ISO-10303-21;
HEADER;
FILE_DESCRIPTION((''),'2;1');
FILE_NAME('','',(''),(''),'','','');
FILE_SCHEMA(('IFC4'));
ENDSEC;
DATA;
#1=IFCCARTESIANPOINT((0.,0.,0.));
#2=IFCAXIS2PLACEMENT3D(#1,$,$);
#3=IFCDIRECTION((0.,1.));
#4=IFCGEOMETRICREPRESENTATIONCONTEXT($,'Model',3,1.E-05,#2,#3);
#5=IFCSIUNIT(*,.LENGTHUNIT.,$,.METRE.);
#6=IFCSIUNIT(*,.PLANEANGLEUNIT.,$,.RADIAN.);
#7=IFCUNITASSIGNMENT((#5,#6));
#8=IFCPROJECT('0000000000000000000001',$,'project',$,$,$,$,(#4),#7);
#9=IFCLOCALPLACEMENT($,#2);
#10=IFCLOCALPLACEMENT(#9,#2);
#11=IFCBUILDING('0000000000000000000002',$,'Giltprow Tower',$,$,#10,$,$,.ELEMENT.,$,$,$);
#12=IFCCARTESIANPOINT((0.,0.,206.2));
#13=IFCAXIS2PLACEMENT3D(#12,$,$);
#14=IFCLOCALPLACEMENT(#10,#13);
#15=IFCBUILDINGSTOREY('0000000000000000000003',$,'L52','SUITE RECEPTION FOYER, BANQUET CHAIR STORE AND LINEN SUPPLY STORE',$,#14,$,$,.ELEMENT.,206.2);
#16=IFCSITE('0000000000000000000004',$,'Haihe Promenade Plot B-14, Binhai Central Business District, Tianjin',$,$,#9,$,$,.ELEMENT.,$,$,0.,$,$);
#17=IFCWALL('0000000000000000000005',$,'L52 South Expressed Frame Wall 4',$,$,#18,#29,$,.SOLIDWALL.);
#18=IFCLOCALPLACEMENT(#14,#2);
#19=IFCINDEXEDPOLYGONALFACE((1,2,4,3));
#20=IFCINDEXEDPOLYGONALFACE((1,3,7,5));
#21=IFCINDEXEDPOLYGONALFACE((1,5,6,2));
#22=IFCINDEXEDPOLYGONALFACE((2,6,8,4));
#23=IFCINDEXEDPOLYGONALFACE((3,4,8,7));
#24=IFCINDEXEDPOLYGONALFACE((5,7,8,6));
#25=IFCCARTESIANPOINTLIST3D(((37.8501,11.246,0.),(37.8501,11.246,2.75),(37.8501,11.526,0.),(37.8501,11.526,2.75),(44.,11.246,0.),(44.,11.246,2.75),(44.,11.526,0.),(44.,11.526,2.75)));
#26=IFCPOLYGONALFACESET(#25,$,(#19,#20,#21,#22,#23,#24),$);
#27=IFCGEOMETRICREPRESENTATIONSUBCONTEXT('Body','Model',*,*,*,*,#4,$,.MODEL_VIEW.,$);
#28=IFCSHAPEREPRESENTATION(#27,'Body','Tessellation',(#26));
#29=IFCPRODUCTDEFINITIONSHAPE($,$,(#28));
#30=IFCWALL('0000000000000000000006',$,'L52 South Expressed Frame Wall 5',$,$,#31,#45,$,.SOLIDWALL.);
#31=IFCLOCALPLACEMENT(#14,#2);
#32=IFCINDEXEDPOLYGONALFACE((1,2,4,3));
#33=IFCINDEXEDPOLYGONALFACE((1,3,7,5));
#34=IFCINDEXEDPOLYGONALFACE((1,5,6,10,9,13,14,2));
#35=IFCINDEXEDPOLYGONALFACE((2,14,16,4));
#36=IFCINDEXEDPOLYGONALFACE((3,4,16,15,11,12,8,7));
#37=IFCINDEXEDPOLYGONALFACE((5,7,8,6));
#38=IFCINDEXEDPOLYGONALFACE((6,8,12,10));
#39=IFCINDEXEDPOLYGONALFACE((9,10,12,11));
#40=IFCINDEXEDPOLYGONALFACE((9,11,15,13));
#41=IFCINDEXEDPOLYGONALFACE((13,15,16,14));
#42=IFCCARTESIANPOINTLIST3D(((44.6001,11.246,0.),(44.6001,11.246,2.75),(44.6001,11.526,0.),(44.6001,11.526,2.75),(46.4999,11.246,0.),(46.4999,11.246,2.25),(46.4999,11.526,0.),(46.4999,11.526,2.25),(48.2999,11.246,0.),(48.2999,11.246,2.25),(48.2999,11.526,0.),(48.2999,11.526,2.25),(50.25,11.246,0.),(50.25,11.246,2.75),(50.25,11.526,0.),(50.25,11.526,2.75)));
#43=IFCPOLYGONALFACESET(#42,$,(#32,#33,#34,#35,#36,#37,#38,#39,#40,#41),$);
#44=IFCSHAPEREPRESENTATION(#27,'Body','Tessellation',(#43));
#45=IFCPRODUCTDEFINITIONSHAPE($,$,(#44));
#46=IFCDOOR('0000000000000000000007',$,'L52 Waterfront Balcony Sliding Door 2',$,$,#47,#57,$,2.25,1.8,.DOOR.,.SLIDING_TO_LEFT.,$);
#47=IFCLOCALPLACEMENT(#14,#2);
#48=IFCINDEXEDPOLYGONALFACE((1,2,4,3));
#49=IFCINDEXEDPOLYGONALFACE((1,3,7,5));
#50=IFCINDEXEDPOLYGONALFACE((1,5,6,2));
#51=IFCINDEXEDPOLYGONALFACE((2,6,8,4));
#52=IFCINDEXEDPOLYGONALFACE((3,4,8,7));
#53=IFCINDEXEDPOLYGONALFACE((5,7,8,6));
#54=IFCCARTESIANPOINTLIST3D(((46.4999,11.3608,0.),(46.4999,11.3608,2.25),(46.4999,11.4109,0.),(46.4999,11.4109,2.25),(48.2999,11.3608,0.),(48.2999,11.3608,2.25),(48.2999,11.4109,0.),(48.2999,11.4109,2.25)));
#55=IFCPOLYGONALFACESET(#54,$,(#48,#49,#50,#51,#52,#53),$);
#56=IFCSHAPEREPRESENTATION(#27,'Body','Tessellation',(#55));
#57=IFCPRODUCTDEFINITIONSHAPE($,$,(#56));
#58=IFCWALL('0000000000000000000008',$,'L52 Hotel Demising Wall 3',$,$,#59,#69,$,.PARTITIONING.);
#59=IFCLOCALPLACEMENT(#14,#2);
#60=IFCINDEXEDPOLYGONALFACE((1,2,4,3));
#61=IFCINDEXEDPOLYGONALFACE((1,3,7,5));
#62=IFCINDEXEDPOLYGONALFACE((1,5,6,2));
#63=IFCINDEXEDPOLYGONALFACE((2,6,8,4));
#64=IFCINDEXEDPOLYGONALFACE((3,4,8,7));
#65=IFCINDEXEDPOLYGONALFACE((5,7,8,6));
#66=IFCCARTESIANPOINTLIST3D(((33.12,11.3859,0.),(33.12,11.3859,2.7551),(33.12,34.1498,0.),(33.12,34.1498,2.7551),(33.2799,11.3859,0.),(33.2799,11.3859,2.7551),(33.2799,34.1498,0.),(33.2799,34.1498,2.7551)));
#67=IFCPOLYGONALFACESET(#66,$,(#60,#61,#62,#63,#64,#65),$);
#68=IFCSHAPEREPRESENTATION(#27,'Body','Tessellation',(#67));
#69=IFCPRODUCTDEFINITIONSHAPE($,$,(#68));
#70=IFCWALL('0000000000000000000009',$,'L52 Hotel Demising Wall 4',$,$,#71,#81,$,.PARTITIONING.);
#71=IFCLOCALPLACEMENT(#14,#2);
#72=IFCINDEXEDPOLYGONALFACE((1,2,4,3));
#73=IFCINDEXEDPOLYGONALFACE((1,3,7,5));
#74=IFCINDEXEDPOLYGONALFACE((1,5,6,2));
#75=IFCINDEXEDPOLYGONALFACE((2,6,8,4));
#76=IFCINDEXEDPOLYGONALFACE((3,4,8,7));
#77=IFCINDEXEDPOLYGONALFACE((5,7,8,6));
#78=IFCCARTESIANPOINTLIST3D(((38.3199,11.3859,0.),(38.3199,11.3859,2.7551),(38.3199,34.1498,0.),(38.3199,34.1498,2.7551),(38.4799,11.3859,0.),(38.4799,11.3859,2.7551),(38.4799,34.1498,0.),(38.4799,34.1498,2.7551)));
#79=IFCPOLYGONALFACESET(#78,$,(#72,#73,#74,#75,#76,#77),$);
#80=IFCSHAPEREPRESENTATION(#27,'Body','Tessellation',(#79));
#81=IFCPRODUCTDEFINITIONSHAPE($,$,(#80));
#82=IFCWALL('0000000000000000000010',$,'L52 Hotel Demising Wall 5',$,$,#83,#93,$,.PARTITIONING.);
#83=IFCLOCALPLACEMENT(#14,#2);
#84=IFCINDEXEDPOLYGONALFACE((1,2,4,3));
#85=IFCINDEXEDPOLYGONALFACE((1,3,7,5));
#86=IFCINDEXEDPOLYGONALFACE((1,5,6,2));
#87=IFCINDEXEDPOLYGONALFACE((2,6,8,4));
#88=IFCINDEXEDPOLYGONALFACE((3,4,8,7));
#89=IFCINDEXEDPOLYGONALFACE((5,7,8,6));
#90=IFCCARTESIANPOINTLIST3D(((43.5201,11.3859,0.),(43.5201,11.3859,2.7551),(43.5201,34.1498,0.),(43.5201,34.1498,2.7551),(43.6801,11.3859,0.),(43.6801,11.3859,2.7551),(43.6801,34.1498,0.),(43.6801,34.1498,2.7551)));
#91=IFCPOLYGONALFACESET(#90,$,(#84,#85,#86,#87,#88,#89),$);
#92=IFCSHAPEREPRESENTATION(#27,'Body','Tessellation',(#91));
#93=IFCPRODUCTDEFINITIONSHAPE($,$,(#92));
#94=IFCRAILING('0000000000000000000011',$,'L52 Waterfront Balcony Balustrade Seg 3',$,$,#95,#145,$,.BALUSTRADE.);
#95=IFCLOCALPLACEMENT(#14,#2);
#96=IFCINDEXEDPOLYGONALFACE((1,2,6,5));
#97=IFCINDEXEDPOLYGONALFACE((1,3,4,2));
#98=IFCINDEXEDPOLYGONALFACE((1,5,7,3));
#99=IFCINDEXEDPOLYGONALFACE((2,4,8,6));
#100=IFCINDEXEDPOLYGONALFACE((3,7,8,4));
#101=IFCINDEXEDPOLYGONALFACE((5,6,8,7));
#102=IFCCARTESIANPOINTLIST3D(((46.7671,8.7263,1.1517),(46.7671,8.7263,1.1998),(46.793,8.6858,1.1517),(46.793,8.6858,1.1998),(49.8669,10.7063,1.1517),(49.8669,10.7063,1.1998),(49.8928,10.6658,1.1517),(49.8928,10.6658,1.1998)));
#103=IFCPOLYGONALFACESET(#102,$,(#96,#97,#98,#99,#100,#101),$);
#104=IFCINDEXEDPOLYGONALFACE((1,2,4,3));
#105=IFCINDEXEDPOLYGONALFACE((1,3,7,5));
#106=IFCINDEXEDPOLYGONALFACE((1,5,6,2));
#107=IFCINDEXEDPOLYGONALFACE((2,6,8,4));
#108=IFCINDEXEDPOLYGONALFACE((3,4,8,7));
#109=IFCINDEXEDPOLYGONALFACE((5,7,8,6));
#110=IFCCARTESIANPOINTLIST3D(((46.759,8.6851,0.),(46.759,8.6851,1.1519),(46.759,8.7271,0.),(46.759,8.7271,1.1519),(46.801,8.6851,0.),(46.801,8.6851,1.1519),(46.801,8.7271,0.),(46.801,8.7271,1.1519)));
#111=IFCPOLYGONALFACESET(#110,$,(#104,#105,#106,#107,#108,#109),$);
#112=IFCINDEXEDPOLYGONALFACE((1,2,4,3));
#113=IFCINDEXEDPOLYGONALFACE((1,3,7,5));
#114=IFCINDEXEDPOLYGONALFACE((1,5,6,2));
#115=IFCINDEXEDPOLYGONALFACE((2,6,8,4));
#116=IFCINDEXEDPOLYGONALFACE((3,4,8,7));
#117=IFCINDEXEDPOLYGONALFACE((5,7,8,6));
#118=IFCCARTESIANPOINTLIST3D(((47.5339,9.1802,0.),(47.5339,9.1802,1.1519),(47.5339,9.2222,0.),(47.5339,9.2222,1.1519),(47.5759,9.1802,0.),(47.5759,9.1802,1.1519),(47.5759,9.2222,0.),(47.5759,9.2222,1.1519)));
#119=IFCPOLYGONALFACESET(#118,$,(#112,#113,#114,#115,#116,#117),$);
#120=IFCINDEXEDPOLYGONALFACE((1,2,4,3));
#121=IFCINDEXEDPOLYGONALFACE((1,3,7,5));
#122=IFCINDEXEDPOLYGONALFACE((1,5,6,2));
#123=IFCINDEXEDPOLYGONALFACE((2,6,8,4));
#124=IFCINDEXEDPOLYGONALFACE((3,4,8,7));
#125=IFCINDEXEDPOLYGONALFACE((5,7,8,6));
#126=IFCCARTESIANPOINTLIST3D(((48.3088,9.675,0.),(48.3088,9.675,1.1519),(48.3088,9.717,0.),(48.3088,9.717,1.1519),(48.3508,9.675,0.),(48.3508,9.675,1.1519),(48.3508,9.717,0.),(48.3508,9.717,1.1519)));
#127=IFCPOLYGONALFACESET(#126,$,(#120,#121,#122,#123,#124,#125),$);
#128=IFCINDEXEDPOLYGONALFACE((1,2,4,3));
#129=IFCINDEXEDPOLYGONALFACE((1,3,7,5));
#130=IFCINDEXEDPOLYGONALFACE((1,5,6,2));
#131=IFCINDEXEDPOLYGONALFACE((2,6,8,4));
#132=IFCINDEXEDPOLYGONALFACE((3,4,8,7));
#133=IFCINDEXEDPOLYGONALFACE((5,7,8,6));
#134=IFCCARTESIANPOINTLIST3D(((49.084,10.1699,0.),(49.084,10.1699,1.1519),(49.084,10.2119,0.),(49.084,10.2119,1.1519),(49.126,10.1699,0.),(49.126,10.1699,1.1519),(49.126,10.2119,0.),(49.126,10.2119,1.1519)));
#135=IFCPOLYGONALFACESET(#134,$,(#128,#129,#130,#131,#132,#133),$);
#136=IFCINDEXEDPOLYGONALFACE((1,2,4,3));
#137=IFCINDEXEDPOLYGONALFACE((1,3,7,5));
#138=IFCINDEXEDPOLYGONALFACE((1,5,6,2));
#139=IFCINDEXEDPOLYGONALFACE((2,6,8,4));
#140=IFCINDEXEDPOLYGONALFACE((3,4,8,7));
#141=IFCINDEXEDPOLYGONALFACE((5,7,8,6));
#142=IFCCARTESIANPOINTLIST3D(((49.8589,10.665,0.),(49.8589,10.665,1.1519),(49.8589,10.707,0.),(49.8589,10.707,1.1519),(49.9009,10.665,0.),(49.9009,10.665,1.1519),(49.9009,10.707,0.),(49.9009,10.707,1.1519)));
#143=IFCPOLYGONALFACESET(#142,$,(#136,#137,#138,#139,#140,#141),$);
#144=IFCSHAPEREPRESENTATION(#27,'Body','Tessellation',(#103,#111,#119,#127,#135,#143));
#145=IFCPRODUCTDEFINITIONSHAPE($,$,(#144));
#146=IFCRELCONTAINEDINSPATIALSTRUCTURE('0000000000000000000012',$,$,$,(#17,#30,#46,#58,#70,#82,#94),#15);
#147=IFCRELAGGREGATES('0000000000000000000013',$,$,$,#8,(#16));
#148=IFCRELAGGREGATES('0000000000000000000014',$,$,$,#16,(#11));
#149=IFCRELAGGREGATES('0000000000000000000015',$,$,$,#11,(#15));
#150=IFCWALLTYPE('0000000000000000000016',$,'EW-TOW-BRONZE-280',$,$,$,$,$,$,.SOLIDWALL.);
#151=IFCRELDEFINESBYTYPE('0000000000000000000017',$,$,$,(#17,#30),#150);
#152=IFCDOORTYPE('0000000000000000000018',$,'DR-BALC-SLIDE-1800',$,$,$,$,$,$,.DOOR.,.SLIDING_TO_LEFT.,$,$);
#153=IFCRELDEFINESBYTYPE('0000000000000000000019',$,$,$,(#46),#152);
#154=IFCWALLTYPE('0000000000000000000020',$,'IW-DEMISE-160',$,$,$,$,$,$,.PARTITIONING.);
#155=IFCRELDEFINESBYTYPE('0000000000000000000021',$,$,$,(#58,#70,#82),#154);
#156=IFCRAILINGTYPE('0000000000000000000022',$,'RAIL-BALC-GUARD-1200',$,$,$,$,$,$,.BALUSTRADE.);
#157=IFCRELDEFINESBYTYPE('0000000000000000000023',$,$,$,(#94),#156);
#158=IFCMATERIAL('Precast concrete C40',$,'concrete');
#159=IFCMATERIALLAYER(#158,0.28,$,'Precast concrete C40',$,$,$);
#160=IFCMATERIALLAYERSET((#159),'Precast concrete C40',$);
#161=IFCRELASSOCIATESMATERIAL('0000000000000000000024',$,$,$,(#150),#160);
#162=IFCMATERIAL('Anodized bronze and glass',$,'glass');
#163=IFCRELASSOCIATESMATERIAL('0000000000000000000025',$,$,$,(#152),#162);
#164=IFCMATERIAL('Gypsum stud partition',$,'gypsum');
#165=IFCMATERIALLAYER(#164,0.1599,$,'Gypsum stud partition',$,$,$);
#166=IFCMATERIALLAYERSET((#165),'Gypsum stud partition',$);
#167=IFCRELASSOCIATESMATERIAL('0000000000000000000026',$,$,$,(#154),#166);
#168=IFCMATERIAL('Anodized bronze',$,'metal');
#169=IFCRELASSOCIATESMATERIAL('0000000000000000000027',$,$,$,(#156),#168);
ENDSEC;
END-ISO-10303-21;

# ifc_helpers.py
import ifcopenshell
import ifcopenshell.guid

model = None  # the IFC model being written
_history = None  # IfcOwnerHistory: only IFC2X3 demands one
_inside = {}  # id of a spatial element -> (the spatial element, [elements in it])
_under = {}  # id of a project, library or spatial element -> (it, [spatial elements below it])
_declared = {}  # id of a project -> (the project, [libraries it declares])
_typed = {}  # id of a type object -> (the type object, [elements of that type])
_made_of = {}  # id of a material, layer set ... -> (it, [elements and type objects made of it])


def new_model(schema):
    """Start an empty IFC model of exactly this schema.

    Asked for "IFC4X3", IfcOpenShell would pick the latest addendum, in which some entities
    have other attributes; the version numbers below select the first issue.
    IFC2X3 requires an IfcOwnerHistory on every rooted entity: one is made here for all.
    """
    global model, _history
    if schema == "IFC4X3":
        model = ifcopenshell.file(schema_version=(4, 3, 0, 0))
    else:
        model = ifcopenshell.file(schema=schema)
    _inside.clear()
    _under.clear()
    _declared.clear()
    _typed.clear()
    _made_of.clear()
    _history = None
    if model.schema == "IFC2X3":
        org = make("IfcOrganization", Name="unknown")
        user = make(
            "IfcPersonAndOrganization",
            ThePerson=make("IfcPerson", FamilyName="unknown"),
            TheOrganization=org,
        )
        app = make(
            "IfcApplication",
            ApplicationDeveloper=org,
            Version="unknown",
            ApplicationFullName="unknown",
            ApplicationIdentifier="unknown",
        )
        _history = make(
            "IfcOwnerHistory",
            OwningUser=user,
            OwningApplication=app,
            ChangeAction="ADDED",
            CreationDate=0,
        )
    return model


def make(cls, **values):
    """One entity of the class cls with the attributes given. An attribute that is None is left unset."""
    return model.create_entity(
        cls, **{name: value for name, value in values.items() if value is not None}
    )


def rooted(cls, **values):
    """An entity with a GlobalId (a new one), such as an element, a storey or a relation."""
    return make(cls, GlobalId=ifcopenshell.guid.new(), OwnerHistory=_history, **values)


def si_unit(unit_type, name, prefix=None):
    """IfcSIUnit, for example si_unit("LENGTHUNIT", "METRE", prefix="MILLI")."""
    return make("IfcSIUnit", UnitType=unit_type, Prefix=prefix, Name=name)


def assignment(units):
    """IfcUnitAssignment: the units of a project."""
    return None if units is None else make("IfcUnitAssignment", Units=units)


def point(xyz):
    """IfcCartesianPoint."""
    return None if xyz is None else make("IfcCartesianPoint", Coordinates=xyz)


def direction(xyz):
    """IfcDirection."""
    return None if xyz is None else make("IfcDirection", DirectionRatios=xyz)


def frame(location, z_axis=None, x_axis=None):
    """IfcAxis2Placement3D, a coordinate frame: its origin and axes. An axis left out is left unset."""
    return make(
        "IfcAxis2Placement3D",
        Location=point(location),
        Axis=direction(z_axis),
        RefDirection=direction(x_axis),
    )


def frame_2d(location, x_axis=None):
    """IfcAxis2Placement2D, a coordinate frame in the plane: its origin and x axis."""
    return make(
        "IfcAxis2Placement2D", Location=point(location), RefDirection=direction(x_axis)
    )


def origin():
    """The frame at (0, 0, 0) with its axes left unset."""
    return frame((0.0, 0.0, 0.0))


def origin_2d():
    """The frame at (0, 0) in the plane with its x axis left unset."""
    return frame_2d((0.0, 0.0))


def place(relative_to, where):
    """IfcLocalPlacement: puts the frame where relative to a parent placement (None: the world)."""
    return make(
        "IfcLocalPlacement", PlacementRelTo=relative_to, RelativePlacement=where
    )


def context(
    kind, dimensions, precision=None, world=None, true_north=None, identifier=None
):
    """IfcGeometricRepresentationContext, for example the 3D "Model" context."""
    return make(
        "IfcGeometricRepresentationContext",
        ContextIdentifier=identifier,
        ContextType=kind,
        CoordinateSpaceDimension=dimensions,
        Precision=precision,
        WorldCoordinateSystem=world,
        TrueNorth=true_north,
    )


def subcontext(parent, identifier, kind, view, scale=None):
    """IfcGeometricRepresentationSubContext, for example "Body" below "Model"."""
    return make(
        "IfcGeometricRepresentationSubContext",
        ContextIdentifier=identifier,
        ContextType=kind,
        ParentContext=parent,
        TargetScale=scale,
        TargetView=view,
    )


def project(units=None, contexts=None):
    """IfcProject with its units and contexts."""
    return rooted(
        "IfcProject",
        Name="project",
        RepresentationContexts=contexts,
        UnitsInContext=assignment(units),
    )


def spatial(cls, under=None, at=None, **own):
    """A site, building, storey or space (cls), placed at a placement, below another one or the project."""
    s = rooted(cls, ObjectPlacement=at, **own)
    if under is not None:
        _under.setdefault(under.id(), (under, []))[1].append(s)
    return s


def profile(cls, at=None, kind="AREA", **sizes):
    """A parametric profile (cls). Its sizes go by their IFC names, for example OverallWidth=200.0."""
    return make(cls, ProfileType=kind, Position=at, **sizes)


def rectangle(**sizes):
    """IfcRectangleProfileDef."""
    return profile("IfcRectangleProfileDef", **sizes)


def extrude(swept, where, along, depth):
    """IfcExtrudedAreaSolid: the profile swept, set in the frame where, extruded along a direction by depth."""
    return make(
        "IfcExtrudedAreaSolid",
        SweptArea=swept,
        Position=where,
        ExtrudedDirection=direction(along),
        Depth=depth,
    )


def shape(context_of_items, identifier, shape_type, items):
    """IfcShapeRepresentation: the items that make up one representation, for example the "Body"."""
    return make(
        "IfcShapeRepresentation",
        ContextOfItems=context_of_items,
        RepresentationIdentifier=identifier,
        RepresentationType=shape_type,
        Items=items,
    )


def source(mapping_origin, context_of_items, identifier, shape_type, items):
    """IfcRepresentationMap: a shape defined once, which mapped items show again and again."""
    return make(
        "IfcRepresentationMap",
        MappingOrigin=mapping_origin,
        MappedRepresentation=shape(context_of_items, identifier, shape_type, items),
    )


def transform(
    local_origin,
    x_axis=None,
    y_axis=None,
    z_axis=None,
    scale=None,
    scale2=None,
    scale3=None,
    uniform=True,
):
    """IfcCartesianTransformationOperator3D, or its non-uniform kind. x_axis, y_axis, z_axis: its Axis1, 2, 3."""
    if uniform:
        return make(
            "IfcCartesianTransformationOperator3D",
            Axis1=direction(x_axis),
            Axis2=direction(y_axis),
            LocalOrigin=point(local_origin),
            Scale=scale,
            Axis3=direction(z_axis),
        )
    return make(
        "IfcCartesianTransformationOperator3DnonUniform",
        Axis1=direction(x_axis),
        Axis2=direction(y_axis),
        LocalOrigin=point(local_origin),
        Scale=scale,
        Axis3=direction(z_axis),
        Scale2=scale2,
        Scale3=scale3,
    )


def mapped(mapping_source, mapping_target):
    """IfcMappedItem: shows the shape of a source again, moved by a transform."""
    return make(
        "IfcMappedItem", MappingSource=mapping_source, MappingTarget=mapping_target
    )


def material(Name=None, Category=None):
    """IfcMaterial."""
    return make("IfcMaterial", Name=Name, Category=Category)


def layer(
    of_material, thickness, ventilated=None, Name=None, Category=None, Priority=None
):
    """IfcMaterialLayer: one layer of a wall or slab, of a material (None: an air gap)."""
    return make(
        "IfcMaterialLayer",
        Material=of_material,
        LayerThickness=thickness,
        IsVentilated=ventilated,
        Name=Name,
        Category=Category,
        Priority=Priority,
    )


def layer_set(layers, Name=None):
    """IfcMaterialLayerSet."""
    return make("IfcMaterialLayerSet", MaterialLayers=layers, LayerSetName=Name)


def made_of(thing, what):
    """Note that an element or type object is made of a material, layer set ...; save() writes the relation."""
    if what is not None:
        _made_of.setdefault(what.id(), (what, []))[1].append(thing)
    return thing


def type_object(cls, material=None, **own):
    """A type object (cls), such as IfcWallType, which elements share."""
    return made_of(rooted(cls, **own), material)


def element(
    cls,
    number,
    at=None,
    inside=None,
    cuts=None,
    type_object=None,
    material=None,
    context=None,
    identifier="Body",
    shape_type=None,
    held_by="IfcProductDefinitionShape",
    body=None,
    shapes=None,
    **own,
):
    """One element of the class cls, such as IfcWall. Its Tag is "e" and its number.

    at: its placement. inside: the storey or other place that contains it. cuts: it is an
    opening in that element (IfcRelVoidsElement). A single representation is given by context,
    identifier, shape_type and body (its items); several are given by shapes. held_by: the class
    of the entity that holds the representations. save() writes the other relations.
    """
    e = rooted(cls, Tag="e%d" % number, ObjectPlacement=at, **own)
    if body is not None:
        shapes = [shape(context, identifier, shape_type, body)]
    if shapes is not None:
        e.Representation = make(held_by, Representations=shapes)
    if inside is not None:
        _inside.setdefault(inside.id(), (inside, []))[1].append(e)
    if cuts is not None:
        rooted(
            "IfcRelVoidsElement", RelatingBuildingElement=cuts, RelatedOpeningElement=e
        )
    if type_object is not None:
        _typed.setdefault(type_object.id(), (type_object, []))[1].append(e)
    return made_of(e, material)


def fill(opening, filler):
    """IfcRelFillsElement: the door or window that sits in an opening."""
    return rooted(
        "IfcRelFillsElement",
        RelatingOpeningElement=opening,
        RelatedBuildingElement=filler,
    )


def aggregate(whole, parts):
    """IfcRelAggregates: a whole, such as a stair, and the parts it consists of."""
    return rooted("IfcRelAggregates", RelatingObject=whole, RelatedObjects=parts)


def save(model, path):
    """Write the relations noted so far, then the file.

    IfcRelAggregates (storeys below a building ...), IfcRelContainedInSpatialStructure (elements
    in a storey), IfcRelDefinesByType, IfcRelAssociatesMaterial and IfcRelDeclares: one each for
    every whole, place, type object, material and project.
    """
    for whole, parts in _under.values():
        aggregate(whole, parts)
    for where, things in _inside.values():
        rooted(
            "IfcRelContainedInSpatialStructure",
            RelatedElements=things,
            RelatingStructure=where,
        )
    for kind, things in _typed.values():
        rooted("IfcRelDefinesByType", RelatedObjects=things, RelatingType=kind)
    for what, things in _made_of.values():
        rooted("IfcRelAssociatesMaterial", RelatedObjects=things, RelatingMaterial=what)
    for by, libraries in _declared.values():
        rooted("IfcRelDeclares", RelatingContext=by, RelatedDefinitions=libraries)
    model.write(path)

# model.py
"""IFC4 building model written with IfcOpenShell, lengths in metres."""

from ifc_helpers import new_model, si_unit, direction, frame, frame_2d, origin, origin_2d, place, context, subcontext, project, spatial, rectangle, extrude, source, transform, mapped, material, layer, layer_set, type_object, element, fill, save


model = new_model("IFC4")

# Units and contexts
model_context = context("Model", 3, precision=1e-05, world=origin(), true_north=direction((0.0, 1.0)))
body_context = subcontext(model_context, "Body", "Model", "MODEL_VIEW")
ifc_project = project(units=[si_unit("LENGTHUNIT", "METRE"), si_unit("PLANEANGLEUNIT", "RADIAN")], contexts=[model_context])

# Site, building, storey
site_placement = place(None, origin())
site = spatial("IfcSite", under=ifc_project, at=site_placement, Name="Haihe Promenade Plot B-14, Binhai Central Business District, Tianjin", CompositionType="ELEMENT", RefElevation=0.0)
building_placement = place(site_placement, origin())
building = spatial("IfcBuilding", under=site, at=building_placement, Name="Giltprow Tower", CompositionType="ELEMENT")
storey_placement = place(building_placement, frame((0.0, 0.0, 206.2)))
storey = spatial("IfcBuildingStorey", under=building, at=storey_placement, Name="L52", Description="SUITE RECEPTION FOYER, BANQUET CHAIR STORE AND LINEN SUPPLY STORE", CompositionType="ELEMENT", Elevation=206.2)

# Shared definitions
ifc_material_1 = material(Name="Anodized bronze", Category="metal")

# Wall
ifc_material_2 = material(Name="Precast concrete C40", Category="concrete")
ifc_layer_1 = layer(ifc_material_2, 0.28, Name="Precast concrete C40")
ifc_layer_set_1 = layer_set([ifc_layer_1], Name="Precast concrete C40")
wall_type_1 = type_object("IfcWallType", Name="EW-TOW-BRONZE-280", PredefinedType="SOLIDWALL", material=ifc_layer_set_1)
wall_1_placement = place(storey_placement, frame((37.8501, 11.386, 0.0), z_axis=(0.0, 0.0, 1.0), x_axis=(1.0, 0.0, 0.0)))
element("IfcWall", 1, at=wall_1_placement, inside=storey, type_object=wall_type_1, Name="L52 South Expressed Frame Wall 4", PredefinedType="SOLIDWALL", context=body_context, shape_type="SweptSolid", body=[
    extrude(rectangle(XDim=6.1499, YDim=0.28, at=frame_2d((3.075, 0.0))), origin(), (0.0, 0.0, 1.0), 2.75),
])

# Wall, opening, door
wall_2_placement = place(storey_placement, frame((44.6001, 11.386, 0.0), z_axis=(0.0, 0.0, 1.0), x_axis=(1.0, 0.0, 0.0)))
wall_2 = element("IfcWall", 2, at=wall_2_placement, inside=storey, type_object=wall_type_1, Name="L52 South Expressed Frame Wall 5", PredefinedType="SOLIDWALL", context=body_context, shape_type="SweptSolid", body=[
    extrude(rectangle(XDim=5.6499, YDim=0.28, at=frame_2d((2.825, 0.0))), origin(), (0.0, 0.0, 1.0), 2.75),
])
opening_placement = place(wall_2_placement, frame((1.8999, 0.0, 0.0)))
opening = element("IfcOpeningElement", 3, at=opening_placement, cuts=wall_2, PredefinedType="OPENING", context=body_context, shape_type="SweptSolid", body=[
    extrude(rectangle(XDim=1.8, YDim=2.25, at=frame_2d((0.8999, 1.125))), frame((0.0, 0.1499, 0.0), z_axis=(0.0, -1.0, 0.0), x_axis=(1.0, 0.0, 0.0)), (0.0, 0.0, 1.0), 0.3),
])
ifc_material_3 = material(Name="Anodized bronze and glass", Category="glass")
door_type = type_object("IfcDoorType", Name="DR-BALC-SLIDE-1800", OperationType="SLIDING_TO_LEFT", PredefinedType="DOOR", material=ifc_material_3)
shared_shape_1 = source(origin(), body_context, "Body", "SweptSolid", [
    extrude(rectangle(XDim=1.8, YDim=2.25, at=frame_2d((0.8999, 1.125))), frame((0.0, 0.0249, 0.0), z_axis=(0.0, -1.0, 0.0), x_axis=(1.0, 0.0, 0.0)), (0.0, 0.0, 1.0), 0.05),
])
door_placement = place(opening_placement, origin())
door = element("IfcDoor", 4, at=door_placement, inside=storey, type_object=door_type, Name="L52 Waterfront Balcony Sliding Door 2", OperationType="SLIDING_TO_LEFT", OverallHeight=2.25, OverallWidth=1.8, PredefinedType="DOOR", context=body_context, shape_type="MappedRepresentation", body=[
    mapped(shared_shape_1, transform((0.0, 0.0, 0.0), x_axis=(1.0, 0.0, 0.0), y_axis=(0.0, 1.0, 0.0), z_axis=(0.0, 0.0, 1.0), scale=1.0)),
])
fill(opening, door)

# Walls
ifc_material_4 = material(Name="Gypsum stud partition", Category="gypsum")
ifc_layer_2 = layer(ifc_material_4, 0.1599, Name="Gypsum stud partition")
ifc_layer_set_2 = layer_set([ifc_layer_2], Name="Gypsum stud partition")
wall_type_2 = type_object("IfcWallType", Name="IW-DEMISE-160", PredefinedType="PARTITIONING", material=ifc_layer_set_2)
for number, where, z_axis, x_axis, name in (
    (5, (33.2, 11.386, 0.0), (0.0, 0.0, 1.0), (0.0, 1.0, 0.0), "L52 Hotel Demising Wall 3"),
    (6, (38.3999, 11.386, 0.0), (0.0, 0.0, 1.0), (0.0, 1.0, 0.0), "L52 Hotel Demising Wall 4"),
    (7, (43.6001, 11.386, 0.0), (0.0, 0.0, 1.0), (0.0, 1.0, 0.0), "L52 Hotel Demising Wall 5"),
):
    element("IfcWall", number, at=place(storey_placement, frame(where, z_axis=z_axis, x_axis=x_axis)), inside=storey, type_object=wall_type_2, Name=name, PredefinedType="PARTITIONING", context=body_context, shape_type="SweptSolid", body=[
        extrude(rectangle(XDim=22.7639, YDim=0.1599, at=frame_2d((11.3818, 0.0))), origin(), (0.0, 0.0, 1.0), 2.7551),
    ])

# Railing
railing_type = type_object("IfcRailingType", Name="RAIL-BALC-GUARD-1200", PredefinedType="BALUSTRADE", material=ifc_material_1)
railing_1_placement = place(storey_placement, frame((46.78, 8.7061, 0.0)))
element("IfcRailing", 8, at=railing_1_placement, inside=storey, type_object=railing_type, Name="L52 Waterfront Balcony Balustrade Seg 3", PredefinedType="BALUSTRADE", context=body_context, shape_type="SweptSolid", body=[
    extrude(rectangle(XDim=0.0481, YDim=0.0481, at=origin_2d()), frame((0.0, 0.0, 1.1758), z_axis=(0.842756, 0.538296, 0.0), x_axis=(-0.538296, 0.842756, 0.0)), (0.0, 0.0, 1.0), 3.6782),
    extrude(rectangle(XDim=0.042, YDim=0.042, at=origin_2d()), origin(), (0.0, 0.0, 1.0), 1.1519),
    extrude(rectangle(XDim=0.042, YDim=0.042, at=origin_2d()), frame((0.7749, 0.4951, 0.0)), (0.0, 0.0, 1.0), 1.1519),
    extrude(rectangle(XDim=0.042, YDim=0.042, at=origin_2d()), frame((1.5498, 0.99, 0.0)), (0.0, 0.0, 1.0), 1.1519),
    extrude(rectangle(XDim=0.042, YDim=0.042, at=origin_2d()), frame((2.325, 1.4849, 0.0)), (0.0, 0.0, 1.0), 1.1519),
    extrude(rectangle(XDim=0.042, YDim=0.042, at=origin_2d()), frame((3.0999, 1.98, 0.0)), (0.0, 0.0, 1.0), 1.1519),
])

save(model, "model.ifc")
